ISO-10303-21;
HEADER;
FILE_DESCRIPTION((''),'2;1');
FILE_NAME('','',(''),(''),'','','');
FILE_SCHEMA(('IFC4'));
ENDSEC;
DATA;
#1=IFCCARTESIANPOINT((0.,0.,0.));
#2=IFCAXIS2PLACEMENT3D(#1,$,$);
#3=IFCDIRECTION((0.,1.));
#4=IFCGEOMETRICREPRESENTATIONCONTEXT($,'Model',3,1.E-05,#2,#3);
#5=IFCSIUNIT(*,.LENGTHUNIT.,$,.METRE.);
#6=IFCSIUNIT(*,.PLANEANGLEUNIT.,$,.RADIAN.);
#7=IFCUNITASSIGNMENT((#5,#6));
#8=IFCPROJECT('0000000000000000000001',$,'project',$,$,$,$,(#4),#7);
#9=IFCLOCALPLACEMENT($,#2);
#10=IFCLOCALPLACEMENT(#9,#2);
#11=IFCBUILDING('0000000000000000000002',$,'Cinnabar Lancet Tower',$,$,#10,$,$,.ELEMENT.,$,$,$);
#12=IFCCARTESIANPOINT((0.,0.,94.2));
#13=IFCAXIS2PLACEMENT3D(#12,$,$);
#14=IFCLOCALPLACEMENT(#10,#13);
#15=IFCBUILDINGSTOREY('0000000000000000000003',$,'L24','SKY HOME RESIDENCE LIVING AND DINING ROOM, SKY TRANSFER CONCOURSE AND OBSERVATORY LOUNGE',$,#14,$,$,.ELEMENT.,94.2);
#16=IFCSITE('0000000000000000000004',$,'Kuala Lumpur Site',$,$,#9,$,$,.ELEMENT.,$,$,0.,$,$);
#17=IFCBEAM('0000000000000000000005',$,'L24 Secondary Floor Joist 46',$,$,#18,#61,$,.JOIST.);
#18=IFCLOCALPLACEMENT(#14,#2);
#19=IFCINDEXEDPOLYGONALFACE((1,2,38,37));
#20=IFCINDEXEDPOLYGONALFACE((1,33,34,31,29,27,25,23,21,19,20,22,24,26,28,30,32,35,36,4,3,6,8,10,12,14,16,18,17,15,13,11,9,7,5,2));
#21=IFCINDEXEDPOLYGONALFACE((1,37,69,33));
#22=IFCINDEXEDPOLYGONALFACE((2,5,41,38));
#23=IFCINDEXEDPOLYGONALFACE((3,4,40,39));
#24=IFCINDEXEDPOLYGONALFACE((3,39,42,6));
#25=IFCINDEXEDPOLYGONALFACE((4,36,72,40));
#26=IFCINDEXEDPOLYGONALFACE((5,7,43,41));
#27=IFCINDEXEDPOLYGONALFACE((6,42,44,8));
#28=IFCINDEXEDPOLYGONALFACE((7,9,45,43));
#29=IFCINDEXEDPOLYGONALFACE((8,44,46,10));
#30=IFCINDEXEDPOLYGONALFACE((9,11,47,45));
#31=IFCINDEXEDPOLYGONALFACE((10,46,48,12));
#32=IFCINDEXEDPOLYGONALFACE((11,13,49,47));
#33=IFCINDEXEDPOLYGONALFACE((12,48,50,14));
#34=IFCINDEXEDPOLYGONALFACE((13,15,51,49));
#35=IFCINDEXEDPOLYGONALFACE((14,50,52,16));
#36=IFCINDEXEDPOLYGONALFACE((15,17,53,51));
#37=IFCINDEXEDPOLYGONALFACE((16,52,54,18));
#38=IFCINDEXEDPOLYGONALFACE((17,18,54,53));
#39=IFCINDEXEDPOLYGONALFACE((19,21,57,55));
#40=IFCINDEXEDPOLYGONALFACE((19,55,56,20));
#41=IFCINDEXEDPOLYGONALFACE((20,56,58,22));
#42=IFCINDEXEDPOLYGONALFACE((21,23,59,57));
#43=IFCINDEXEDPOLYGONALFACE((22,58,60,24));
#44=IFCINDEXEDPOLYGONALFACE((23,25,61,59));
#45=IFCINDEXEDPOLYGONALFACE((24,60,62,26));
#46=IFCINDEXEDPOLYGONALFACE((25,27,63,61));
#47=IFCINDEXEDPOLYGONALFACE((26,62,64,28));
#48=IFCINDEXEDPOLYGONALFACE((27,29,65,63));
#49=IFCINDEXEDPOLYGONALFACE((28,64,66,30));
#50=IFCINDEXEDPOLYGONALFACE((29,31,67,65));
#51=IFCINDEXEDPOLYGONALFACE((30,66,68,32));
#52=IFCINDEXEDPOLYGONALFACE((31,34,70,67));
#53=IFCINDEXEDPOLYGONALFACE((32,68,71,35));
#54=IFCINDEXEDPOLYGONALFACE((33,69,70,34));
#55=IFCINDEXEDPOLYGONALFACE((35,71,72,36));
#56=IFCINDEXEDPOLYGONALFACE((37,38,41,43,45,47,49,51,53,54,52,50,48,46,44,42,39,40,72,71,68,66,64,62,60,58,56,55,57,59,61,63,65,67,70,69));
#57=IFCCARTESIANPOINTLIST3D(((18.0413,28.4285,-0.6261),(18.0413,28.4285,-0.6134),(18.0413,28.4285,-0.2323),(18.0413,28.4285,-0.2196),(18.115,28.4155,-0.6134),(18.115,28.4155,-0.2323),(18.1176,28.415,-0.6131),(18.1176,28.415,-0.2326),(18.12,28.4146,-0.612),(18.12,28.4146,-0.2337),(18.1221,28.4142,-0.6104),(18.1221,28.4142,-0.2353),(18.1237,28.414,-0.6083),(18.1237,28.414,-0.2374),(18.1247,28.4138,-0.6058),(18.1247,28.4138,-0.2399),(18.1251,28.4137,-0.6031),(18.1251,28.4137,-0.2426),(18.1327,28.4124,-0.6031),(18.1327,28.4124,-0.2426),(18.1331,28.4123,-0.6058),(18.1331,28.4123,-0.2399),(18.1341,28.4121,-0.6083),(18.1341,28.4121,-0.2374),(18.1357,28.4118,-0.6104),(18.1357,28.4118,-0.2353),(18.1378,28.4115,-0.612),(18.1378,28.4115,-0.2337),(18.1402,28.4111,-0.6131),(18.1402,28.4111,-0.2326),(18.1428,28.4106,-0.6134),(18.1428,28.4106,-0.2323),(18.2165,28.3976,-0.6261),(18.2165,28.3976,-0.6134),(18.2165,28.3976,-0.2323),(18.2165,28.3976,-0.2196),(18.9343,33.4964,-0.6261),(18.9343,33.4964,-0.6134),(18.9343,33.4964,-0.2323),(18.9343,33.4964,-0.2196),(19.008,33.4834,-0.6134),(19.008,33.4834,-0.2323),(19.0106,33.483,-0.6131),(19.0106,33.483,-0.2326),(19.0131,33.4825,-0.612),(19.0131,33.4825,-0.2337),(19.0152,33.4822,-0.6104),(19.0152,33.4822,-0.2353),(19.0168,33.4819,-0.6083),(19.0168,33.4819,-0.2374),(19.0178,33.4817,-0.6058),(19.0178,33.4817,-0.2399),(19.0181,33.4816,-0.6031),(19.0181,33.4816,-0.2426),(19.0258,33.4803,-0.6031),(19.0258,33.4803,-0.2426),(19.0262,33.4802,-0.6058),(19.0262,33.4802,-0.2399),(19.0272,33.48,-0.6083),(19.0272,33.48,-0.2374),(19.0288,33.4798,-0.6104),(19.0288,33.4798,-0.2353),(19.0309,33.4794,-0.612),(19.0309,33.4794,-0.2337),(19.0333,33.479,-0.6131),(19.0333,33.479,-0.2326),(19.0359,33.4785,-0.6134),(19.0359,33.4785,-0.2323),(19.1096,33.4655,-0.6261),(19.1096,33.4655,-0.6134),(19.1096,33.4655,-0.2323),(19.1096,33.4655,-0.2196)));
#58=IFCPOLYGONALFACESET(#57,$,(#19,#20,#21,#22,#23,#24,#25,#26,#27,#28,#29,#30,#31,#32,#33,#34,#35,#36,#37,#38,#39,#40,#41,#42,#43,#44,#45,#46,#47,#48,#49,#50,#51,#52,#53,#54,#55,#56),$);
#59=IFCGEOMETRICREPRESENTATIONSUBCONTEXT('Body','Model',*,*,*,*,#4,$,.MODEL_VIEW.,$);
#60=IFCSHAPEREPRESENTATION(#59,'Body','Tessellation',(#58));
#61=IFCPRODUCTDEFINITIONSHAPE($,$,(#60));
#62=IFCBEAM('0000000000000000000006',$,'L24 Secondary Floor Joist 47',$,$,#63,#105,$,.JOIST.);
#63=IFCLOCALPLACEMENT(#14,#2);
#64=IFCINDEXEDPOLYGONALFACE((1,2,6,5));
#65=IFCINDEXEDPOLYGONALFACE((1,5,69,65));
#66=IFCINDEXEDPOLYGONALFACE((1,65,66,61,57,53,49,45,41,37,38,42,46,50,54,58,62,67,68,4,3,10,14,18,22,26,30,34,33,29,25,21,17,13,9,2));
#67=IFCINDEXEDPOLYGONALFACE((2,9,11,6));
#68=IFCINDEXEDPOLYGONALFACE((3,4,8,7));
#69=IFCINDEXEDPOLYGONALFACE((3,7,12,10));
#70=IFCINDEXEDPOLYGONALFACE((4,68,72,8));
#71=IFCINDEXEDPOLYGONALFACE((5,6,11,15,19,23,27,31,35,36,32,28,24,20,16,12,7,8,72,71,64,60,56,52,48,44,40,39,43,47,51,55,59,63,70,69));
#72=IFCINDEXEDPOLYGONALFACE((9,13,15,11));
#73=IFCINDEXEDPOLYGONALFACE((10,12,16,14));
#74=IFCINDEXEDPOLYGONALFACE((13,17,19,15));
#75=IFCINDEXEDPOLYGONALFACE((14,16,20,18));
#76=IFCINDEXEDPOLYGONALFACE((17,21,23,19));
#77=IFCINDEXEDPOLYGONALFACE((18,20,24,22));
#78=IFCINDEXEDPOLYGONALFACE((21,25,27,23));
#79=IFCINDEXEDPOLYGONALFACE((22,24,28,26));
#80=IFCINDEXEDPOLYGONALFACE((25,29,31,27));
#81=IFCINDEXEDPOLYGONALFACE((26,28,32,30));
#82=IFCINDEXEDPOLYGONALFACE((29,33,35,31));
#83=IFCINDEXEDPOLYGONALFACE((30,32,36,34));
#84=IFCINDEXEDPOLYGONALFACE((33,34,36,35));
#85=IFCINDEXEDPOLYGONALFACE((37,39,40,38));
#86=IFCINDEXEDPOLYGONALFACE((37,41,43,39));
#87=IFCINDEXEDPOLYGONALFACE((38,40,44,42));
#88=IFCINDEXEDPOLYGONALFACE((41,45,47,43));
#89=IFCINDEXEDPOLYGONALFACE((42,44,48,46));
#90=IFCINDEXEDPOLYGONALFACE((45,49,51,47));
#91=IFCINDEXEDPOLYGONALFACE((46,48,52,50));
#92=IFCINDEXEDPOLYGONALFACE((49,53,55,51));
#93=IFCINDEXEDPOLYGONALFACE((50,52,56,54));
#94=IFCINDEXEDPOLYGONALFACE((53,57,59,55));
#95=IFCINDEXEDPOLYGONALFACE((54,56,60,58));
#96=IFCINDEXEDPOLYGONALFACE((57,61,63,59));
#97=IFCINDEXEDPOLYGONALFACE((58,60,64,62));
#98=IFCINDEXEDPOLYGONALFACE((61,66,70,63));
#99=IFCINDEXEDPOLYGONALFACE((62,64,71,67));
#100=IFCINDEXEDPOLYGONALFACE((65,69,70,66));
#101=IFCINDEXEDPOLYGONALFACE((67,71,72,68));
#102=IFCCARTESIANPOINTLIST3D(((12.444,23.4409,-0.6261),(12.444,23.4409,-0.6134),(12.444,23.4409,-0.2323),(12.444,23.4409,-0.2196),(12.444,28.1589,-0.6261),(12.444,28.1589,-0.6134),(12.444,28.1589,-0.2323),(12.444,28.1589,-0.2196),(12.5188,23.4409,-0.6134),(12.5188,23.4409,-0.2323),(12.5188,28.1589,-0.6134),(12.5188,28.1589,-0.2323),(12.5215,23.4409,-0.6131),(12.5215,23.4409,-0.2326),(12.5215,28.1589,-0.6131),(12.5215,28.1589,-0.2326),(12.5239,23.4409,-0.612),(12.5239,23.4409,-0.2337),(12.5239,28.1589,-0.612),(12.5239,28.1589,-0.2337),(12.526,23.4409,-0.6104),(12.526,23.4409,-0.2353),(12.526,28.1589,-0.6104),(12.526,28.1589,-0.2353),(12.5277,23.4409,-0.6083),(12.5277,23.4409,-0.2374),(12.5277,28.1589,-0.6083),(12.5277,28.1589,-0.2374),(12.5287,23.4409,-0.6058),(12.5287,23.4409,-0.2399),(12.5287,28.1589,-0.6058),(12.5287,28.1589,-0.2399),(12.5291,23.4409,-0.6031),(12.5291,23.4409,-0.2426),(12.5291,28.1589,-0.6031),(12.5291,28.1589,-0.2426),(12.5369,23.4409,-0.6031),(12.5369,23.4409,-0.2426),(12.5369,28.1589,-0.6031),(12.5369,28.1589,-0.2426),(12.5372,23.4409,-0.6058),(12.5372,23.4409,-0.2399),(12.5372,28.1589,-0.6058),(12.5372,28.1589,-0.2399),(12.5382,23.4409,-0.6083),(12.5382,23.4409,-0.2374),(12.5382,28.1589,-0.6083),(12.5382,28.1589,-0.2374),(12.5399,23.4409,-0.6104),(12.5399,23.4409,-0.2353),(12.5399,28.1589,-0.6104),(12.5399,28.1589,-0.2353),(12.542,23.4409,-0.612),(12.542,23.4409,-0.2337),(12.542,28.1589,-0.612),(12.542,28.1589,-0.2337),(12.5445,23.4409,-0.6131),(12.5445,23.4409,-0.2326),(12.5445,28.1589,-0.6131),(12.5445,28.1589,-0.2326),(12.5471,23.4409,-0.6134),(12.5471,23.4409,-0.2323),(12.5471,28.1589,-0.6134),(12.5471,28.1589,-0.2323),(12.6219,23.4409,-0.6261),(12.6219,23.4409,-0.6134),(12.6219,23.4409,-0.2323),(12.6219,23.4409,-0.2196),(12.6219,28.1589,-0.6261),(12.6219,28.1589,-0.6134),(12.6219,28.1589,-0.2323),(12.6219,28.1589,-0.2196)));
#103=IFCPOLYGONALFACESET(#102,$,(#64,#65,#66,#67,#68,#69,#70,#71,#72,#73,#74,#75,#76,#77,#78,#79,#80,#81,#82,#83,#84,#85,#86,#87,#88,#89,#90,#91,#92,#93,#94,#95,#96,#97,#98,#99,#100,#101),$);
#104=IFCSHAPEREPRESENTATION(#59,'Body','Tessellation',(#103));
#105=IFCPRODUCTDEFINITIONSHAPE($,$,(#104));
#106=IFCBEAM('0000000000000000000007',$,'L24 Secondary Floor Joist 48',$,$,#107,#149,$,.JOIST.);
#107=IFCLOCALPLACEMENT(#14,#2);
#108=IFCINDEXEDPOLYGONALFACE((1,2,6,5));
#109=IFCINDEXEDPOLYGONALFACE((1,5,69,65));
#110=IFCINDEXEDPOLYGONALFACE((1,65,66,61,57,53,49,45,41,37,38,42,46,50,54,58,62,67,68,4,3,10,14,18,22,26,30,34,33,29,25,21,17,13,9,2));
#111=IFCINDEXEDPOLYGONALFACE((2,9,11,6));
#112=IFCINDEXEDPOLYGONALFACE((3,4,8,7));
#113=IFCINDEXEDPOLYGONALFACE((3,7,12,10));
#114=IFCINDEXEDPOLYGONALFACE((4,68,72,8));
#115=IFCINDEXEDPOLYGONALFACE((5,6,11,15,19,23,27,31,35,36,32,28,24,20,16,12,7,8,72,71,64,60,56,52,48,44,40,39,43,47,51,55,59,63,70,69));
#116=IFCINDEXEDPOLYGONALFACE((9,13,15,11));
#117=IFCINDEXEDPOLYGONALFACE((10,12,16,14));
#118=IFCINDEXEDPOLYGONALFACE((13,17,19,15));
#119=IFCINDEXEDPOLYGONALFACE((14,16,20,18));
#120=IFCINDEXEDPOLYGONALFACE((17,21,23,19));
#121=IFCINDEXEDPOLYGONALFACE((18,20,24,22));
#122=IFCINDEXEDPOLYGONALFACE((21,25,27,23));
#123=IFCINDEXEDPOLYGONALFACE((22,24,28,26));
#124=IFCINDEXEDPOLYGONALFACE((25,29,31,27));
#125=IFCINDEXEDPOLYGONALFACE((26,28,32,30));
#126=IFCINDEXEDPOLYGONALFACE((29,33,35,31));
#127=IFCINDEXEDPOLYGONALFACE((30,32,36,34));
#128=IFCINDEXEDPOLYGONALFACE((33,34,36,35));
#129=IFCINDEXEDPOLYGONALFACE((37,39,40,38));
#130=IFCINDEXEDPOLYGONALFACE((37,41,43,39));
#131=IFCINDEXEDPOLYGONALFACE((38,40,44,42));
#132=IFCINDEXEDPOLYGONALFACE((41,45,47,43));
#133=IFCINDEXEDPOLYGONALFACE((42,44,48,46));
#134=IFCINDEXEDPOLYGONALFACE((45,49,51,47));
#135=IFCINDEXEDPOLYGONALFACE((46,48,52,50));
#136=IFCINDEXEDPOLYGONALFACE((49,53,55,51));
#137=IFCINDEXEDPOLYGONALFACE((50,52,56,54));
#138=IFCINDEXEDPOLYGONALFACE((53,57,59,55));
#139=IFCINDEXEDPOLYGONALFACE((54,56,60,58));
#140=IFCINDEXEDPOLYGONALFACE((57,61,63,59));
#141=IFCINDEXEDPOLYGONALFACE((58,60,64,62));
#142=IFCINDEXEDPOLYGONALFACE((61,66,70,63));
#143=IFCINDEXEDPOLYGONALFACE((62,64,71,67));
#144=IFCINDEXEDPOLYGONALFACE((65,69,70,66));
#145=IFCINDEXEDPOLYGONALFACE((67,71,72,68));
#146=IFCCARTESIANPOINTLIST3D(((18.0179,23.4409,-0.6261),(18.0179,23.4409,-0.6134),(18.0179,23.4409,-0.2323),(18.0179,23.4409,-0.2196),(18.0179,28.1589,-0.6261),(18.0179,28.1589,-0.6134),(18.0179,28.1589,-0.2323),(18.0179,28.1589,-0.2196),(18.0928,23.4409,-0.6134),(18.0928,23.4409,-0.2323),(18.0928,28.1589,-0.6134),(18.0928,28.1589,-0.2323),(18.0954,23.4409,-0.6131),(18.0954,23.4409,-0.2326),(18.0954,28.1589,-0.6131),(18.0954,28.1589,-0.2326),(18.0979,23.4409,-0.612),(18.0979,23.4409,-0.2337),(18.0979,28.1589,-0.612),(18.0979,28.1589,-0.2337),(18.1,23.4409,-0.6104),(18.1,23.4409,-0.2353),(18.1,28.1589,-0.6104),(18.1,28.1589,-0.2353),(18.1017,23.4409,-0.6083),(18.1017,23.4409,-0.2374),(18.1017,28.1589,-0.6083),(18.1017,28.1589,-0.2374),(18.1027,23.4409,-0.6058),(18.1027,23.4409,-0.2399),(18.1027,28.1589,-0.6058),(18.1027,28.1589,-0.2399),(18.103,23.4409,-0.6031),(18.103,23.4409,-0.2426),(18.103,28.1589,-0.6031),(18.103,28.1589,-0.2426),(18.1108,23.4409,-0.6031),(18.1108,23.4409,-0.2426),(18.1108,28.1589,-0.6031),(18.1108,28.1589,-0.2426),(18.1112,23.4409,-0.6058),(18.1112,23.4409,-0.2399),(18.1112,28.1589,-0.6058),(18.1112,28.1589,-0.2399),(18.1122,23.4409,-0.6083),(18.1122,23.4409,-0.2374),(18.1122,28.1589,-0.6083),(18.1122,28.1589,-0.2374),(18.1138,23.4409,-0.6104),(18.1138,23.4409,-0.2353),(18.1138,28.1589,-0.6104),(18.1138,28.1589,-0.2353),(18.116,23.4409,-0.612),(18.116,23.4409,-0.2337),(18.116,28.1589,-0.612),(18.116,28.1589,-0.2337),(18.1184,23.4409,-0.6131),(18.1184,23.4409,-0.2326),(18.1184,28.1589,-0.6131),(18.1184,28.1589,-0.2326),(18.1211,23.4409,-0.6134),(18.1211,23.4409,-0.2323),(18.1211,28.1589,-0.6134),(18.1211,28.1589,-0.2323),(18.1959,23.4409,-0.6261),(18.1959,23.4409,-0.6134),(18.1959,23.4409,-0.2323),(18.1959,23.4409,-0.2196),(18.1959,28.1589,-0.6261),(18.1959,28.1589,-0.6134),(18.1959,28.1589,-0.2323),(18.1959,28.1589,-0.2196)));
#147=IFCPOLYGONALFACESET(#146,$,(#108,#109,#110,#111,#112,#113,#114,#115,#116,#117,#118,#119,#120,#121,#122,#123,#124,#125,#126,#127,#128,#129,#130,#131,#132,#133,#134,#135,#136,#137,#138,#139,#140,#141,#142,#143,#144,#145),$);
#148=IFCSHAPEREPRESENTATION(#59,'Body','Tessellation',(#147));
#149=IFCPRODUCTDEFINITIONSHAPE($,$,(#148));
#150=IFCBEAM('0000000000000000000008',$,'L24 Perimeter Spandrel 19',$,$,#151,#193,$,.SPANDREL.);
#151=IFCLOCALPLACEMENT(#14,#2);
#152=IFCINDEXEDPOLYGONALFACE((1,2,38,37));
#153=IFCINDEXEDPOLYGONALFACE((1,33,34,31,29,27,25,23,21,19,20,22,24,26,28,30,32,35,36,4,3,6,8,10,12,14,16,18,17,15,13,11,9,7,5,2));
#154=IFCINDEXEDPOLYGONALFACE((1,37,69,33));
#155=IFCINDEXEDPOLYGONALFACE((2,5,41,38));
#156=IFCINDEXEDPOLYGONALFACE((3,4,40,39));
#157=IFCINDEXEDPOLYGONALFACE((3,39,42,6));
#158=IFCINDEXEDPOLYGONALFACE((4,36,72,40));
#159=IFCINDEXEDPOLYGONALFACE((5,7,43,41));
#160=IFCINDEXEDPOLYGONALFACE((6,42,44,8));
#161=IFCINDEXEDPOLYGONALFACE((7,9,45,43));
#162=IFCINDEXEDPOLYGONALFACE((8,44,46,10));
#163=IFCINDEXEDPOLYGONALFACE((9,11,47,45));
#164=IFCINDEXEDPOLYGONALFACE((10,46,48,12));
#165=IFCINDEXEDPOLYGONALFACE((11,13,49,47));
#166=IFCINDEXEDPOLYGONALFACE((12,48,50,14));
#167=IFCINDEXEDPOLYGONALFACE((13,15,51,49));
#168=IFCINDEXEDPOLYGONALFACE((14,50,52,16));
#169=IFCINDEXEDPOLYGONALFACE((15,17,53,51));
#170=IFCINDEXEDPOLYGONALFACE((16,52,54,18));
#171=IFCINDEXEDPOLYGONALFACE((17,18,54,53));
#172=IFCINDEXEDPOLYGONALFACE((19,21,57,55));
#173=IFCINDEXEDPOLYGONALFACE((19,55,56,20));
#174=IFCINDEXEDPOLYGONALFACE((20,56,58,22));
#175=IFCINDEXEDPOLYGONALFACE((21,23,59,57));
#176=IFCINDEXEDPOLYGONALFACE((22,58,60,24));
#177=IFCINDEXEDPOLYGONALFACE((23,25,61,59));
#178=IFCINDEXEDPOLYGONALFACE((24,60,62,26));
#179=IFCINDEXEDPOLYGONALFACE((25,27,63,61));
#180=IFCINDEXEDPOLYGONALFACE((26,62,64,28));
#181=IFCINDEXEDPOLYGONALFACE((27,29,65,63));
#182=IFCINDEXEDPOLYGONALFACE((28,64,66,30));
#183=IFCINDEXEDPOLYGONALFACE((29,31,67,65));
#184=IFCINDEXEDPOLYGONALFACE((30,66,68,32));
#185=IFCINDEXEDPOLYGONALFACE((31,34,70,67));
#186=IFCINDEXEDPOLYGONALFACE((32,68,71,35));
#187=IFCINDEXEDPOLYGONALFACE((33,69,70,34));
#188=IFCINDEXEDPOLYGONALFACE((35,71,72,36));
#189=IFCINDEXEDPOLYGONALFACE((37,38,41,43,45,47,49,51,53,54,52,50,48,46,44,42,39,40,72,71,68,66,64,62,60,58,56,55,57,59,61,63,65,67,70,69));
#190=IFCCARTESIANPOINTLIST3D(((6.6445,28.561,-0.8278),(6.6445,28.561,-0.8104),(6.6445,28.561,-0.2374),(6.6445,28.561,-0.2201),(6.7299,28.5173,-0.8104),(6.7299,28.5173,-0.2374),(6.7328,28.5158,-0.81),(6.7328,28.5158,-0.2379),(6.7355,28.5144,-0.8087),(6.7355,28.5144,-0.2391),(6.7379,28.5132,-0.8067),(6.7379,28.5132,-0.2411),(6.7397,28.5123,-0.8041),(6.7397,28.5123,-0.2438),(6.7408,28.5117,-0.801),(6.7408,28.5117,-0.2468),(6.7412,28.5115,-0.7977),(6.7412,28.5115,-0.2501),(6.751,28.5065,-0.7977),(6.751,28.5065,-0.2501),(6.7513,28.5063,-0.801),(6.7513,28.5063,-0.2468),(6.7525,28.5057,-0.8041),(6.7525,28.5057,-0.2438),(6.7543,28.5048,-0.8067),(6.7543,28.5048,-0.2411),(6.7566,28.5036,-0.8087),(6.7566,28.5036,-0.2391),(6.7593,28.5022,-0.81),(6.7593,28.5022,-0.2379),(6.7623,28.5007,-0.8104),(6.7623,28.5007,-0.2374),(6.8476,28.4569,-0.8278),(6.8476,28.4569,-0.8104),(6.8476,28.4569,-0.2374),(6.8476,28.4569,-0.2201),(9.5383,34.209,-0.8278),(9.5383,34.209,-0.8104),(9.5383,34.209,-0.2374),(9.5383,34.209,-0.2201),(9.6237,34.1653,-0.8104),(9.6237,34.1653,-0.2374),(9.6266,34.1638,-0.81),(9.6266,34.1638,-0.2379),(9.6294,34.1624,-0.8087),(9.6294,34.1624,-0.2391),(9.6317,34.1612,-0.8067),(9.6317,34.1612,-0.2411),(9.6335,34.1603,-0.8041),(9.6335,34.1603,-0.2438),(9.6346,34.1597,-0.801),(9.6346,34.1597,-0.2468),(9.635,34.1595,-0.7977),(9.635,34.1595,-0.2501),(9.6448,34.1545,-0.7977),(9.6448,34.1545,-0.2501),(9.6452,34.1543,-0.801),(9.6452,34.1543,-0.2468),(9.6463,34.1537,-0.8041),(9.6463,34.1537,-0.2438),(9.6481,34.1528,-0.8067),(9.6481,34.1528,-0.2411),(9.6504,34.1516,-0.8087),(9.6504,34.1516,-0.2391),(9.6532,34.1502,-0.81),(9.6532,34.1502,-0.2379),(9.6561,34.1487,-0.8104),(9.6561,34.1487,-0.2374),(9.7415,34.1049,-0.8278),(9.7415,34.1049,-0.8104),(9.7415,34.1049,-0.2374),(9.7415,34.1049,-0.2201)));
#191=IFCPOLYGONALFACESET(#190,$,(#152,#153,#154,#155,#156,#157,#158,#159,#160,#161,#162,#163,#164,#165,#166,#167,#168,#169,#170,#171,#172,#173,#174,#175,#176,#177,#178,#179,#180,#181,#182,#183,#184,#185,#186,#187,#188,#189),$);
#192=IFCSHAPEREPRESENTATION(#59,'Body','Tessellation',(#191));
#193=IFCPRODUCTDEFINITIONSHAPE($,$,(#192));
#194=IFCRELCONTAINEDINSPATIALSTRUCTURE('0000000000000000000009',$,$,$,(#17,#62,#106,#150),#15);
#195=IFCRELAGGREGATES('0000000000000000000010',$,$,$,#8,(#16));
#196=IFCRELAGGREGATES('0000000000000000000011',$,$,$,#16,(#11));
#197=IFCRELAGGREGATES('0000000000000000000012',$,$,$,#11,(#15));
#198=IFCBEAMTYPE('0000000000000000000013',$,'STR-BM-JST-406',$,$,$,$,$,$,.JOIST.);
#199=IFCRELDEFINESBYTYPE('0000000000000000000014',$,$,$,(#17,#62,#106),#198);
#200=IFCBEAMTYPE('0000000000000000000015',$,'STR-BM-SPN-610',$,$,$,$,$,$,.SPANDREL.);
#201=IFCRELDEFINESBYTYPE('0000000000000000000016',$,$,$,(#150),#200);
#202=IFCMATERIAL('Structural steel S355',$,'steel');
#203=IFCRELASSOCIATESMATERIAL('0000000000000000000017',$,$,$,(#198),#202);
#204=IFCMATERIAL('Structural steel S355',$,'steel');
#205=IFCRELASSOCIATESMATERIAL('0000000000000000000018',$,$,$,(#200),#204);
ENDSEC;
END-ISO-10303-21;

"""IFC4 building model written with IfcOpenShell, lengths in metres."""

from ifc_helpers import new_model, si_unit, direction, frame, origin, origin_2d, place, context, subcontext, project, spatial, i_section, extrude, material, material_profile, profile_set, type_object, element, save


model = new_model("IFC4")

# Units and contexts
model_context = context("Model", 3, precision=1e-05, world=origin(), true_north=direction((0.0, 1.0)))
body_context = subcontext(model_context, "Body", "Model", "MODEL_VIEW")
ifc_project = project(units=[si_unit("LENGTHUNIT", "METRE"), si_unit("PLANEANGLEUNIT", "RADIAN")], contexts=[model_context])

# Site, building, storey
site_placement = place(None, origin())
site = spatial("IfcSite", under=ifc_project, at=site_placement, Name="Kuala Lumpur Site", CompositionType="ELEMENT", RefElevation=0.0)
building_placement = place(site_placement, origin())
building = spatial("IfcBuilding", under=site, at=building_placement, Name="Cinnabar Lancet Tower", CompositionType="ELEMENT")
storey_placement = place(building_placement, frame((0.0, 0.0, 94.2)))
storey = spatial("IfcBuildingStorey", under=building, at=storey_placement, Name="L24", Description="SKY HOME RESIDENCE LIVING AND DINING ROOM, SKY TRANSFER CONCOURSE AND OBSERVATORY LOUNGE", CompositionType="ELEMENT", Elevation=94.2)

# Beams
ifc_material_1 = material(Name="Structural steel S355", Category="steel")
ifc_material_profile_1 = material_profile(ifc_material_1, i_section(OverallWidth=0.178, OverallDepth=0.4065, WebThickness=0.0078, FlangeThickness=0.0127, FilletRadius=0.0103, at=origin_2d()), Name="UKB 406x178x60")
ifc_profile_set_1 = profile_set([ifc_material_profile_1], Name="Structural steel S355")
beam_type_1 = type_object("IfcBeamType", Name="STR-BM-JST-406", PredefinedType="JOIST", material=ifc_profile_set_1)
beam_1_placement = place(storey_placement, frame((19.022, 33.481, -0.4229), z_axis=(-0.173547, -0.984826, 0.0), x_axis=(0.984826, -0.173547, 0.0)))
element("IfcBeam", 1, at=beam_1_placement, inside=storey, type_object=beam_type_1, Name="L24 Secondary Floor Joist 46", PredefinedType="JOIST", context=body_context, shape_type="SweptSolid", body=[
    extrude(i_section(OverallWidth=0.178, OverallDepth=0.4065, WebThickness=0.0078, FlangeThickness=0.0127, FilletRadius=0.0103, at=origin_2d()), origin(), (0.0, 0.0, 1.0), 5.146),
])
for number, where, z_axis, x_axis, name in (
    (2, (12.533, 28.1589, -0.4229), (0.0, -1.0, 0.0), (1.0, 0.0, 0.0), "L24 Secondary Floor Joist 47"),
    (3, (18.1069, 28.1589, -0.4229), (0.0, -1.0, 0.0), (1.0, 0.0, 0.0), "L24 Secondary Floor Joist 48"),
):
    element("IfcBeam", number, at=place(storey_placement, frame(where, z_axis=z_axis, x_axis=x_axis)), inside=storey, type_object=beam_type_1, Name=name, PredefinedType="JOIST", context=body_context, shape_type="SweptSolid", body=[
        extrude(i_section(OverallWidth=0.178, OverallDepth=0.4065, WebThickness=0.0078, FlangeThickness=0.0127, FilletRadius=0.0103, at=origin_2d()), origin(), (0.0, 0.0, 1.0), 4.718),
    ])
ifc_material_2 = material(Name="Structural steel S355", Category="steel")
ifc_material_profile_2 = material_profile(ifc_material_2, i_section(OverallWidth=0.2283, OverallDepth=0.6077, WebThickness=0.011, FlangeThickness=0.0173, FilletRadius=0.0127, at=origin_2d()), Name="UKB 610x229x113")
ifc_profile_set_2 = profile_set([ifc_material_profile_2], Name="Structural steel S355")
beam_type_2 = type_object("IfcBeamType", Name="STR-BM-SPN-610", PredefinedType="SPANDREL", material=ifc_profile_set_2)
beam_2_placement = place(storey_placement, frame((9.6399, 34.157, -0.5239), z_axis=(-0.455994, -0.889983, 0.0), x_axis=(0.889983, -0.455994, 0.0)))
element("IfcBeam", 4, at=beam_2_placement, inside=storey, type_object=beam_type_2, Name="L24 Perimeter Spandrel 19", PredefinedType="SPANDREL", context=body_context, shape_type="SweptSolid", body=[
    extrude(i_section(OverallWidth=0.2283, OverallDepth=0.6077, WebThickness=0.011, FlangeThickness=0.0173, FilletRadius=0.0127, at=origin_2d()), origin(), (0.0, 0.0, 1.0), 6.3462),
])

save(model, "model.ifc")
